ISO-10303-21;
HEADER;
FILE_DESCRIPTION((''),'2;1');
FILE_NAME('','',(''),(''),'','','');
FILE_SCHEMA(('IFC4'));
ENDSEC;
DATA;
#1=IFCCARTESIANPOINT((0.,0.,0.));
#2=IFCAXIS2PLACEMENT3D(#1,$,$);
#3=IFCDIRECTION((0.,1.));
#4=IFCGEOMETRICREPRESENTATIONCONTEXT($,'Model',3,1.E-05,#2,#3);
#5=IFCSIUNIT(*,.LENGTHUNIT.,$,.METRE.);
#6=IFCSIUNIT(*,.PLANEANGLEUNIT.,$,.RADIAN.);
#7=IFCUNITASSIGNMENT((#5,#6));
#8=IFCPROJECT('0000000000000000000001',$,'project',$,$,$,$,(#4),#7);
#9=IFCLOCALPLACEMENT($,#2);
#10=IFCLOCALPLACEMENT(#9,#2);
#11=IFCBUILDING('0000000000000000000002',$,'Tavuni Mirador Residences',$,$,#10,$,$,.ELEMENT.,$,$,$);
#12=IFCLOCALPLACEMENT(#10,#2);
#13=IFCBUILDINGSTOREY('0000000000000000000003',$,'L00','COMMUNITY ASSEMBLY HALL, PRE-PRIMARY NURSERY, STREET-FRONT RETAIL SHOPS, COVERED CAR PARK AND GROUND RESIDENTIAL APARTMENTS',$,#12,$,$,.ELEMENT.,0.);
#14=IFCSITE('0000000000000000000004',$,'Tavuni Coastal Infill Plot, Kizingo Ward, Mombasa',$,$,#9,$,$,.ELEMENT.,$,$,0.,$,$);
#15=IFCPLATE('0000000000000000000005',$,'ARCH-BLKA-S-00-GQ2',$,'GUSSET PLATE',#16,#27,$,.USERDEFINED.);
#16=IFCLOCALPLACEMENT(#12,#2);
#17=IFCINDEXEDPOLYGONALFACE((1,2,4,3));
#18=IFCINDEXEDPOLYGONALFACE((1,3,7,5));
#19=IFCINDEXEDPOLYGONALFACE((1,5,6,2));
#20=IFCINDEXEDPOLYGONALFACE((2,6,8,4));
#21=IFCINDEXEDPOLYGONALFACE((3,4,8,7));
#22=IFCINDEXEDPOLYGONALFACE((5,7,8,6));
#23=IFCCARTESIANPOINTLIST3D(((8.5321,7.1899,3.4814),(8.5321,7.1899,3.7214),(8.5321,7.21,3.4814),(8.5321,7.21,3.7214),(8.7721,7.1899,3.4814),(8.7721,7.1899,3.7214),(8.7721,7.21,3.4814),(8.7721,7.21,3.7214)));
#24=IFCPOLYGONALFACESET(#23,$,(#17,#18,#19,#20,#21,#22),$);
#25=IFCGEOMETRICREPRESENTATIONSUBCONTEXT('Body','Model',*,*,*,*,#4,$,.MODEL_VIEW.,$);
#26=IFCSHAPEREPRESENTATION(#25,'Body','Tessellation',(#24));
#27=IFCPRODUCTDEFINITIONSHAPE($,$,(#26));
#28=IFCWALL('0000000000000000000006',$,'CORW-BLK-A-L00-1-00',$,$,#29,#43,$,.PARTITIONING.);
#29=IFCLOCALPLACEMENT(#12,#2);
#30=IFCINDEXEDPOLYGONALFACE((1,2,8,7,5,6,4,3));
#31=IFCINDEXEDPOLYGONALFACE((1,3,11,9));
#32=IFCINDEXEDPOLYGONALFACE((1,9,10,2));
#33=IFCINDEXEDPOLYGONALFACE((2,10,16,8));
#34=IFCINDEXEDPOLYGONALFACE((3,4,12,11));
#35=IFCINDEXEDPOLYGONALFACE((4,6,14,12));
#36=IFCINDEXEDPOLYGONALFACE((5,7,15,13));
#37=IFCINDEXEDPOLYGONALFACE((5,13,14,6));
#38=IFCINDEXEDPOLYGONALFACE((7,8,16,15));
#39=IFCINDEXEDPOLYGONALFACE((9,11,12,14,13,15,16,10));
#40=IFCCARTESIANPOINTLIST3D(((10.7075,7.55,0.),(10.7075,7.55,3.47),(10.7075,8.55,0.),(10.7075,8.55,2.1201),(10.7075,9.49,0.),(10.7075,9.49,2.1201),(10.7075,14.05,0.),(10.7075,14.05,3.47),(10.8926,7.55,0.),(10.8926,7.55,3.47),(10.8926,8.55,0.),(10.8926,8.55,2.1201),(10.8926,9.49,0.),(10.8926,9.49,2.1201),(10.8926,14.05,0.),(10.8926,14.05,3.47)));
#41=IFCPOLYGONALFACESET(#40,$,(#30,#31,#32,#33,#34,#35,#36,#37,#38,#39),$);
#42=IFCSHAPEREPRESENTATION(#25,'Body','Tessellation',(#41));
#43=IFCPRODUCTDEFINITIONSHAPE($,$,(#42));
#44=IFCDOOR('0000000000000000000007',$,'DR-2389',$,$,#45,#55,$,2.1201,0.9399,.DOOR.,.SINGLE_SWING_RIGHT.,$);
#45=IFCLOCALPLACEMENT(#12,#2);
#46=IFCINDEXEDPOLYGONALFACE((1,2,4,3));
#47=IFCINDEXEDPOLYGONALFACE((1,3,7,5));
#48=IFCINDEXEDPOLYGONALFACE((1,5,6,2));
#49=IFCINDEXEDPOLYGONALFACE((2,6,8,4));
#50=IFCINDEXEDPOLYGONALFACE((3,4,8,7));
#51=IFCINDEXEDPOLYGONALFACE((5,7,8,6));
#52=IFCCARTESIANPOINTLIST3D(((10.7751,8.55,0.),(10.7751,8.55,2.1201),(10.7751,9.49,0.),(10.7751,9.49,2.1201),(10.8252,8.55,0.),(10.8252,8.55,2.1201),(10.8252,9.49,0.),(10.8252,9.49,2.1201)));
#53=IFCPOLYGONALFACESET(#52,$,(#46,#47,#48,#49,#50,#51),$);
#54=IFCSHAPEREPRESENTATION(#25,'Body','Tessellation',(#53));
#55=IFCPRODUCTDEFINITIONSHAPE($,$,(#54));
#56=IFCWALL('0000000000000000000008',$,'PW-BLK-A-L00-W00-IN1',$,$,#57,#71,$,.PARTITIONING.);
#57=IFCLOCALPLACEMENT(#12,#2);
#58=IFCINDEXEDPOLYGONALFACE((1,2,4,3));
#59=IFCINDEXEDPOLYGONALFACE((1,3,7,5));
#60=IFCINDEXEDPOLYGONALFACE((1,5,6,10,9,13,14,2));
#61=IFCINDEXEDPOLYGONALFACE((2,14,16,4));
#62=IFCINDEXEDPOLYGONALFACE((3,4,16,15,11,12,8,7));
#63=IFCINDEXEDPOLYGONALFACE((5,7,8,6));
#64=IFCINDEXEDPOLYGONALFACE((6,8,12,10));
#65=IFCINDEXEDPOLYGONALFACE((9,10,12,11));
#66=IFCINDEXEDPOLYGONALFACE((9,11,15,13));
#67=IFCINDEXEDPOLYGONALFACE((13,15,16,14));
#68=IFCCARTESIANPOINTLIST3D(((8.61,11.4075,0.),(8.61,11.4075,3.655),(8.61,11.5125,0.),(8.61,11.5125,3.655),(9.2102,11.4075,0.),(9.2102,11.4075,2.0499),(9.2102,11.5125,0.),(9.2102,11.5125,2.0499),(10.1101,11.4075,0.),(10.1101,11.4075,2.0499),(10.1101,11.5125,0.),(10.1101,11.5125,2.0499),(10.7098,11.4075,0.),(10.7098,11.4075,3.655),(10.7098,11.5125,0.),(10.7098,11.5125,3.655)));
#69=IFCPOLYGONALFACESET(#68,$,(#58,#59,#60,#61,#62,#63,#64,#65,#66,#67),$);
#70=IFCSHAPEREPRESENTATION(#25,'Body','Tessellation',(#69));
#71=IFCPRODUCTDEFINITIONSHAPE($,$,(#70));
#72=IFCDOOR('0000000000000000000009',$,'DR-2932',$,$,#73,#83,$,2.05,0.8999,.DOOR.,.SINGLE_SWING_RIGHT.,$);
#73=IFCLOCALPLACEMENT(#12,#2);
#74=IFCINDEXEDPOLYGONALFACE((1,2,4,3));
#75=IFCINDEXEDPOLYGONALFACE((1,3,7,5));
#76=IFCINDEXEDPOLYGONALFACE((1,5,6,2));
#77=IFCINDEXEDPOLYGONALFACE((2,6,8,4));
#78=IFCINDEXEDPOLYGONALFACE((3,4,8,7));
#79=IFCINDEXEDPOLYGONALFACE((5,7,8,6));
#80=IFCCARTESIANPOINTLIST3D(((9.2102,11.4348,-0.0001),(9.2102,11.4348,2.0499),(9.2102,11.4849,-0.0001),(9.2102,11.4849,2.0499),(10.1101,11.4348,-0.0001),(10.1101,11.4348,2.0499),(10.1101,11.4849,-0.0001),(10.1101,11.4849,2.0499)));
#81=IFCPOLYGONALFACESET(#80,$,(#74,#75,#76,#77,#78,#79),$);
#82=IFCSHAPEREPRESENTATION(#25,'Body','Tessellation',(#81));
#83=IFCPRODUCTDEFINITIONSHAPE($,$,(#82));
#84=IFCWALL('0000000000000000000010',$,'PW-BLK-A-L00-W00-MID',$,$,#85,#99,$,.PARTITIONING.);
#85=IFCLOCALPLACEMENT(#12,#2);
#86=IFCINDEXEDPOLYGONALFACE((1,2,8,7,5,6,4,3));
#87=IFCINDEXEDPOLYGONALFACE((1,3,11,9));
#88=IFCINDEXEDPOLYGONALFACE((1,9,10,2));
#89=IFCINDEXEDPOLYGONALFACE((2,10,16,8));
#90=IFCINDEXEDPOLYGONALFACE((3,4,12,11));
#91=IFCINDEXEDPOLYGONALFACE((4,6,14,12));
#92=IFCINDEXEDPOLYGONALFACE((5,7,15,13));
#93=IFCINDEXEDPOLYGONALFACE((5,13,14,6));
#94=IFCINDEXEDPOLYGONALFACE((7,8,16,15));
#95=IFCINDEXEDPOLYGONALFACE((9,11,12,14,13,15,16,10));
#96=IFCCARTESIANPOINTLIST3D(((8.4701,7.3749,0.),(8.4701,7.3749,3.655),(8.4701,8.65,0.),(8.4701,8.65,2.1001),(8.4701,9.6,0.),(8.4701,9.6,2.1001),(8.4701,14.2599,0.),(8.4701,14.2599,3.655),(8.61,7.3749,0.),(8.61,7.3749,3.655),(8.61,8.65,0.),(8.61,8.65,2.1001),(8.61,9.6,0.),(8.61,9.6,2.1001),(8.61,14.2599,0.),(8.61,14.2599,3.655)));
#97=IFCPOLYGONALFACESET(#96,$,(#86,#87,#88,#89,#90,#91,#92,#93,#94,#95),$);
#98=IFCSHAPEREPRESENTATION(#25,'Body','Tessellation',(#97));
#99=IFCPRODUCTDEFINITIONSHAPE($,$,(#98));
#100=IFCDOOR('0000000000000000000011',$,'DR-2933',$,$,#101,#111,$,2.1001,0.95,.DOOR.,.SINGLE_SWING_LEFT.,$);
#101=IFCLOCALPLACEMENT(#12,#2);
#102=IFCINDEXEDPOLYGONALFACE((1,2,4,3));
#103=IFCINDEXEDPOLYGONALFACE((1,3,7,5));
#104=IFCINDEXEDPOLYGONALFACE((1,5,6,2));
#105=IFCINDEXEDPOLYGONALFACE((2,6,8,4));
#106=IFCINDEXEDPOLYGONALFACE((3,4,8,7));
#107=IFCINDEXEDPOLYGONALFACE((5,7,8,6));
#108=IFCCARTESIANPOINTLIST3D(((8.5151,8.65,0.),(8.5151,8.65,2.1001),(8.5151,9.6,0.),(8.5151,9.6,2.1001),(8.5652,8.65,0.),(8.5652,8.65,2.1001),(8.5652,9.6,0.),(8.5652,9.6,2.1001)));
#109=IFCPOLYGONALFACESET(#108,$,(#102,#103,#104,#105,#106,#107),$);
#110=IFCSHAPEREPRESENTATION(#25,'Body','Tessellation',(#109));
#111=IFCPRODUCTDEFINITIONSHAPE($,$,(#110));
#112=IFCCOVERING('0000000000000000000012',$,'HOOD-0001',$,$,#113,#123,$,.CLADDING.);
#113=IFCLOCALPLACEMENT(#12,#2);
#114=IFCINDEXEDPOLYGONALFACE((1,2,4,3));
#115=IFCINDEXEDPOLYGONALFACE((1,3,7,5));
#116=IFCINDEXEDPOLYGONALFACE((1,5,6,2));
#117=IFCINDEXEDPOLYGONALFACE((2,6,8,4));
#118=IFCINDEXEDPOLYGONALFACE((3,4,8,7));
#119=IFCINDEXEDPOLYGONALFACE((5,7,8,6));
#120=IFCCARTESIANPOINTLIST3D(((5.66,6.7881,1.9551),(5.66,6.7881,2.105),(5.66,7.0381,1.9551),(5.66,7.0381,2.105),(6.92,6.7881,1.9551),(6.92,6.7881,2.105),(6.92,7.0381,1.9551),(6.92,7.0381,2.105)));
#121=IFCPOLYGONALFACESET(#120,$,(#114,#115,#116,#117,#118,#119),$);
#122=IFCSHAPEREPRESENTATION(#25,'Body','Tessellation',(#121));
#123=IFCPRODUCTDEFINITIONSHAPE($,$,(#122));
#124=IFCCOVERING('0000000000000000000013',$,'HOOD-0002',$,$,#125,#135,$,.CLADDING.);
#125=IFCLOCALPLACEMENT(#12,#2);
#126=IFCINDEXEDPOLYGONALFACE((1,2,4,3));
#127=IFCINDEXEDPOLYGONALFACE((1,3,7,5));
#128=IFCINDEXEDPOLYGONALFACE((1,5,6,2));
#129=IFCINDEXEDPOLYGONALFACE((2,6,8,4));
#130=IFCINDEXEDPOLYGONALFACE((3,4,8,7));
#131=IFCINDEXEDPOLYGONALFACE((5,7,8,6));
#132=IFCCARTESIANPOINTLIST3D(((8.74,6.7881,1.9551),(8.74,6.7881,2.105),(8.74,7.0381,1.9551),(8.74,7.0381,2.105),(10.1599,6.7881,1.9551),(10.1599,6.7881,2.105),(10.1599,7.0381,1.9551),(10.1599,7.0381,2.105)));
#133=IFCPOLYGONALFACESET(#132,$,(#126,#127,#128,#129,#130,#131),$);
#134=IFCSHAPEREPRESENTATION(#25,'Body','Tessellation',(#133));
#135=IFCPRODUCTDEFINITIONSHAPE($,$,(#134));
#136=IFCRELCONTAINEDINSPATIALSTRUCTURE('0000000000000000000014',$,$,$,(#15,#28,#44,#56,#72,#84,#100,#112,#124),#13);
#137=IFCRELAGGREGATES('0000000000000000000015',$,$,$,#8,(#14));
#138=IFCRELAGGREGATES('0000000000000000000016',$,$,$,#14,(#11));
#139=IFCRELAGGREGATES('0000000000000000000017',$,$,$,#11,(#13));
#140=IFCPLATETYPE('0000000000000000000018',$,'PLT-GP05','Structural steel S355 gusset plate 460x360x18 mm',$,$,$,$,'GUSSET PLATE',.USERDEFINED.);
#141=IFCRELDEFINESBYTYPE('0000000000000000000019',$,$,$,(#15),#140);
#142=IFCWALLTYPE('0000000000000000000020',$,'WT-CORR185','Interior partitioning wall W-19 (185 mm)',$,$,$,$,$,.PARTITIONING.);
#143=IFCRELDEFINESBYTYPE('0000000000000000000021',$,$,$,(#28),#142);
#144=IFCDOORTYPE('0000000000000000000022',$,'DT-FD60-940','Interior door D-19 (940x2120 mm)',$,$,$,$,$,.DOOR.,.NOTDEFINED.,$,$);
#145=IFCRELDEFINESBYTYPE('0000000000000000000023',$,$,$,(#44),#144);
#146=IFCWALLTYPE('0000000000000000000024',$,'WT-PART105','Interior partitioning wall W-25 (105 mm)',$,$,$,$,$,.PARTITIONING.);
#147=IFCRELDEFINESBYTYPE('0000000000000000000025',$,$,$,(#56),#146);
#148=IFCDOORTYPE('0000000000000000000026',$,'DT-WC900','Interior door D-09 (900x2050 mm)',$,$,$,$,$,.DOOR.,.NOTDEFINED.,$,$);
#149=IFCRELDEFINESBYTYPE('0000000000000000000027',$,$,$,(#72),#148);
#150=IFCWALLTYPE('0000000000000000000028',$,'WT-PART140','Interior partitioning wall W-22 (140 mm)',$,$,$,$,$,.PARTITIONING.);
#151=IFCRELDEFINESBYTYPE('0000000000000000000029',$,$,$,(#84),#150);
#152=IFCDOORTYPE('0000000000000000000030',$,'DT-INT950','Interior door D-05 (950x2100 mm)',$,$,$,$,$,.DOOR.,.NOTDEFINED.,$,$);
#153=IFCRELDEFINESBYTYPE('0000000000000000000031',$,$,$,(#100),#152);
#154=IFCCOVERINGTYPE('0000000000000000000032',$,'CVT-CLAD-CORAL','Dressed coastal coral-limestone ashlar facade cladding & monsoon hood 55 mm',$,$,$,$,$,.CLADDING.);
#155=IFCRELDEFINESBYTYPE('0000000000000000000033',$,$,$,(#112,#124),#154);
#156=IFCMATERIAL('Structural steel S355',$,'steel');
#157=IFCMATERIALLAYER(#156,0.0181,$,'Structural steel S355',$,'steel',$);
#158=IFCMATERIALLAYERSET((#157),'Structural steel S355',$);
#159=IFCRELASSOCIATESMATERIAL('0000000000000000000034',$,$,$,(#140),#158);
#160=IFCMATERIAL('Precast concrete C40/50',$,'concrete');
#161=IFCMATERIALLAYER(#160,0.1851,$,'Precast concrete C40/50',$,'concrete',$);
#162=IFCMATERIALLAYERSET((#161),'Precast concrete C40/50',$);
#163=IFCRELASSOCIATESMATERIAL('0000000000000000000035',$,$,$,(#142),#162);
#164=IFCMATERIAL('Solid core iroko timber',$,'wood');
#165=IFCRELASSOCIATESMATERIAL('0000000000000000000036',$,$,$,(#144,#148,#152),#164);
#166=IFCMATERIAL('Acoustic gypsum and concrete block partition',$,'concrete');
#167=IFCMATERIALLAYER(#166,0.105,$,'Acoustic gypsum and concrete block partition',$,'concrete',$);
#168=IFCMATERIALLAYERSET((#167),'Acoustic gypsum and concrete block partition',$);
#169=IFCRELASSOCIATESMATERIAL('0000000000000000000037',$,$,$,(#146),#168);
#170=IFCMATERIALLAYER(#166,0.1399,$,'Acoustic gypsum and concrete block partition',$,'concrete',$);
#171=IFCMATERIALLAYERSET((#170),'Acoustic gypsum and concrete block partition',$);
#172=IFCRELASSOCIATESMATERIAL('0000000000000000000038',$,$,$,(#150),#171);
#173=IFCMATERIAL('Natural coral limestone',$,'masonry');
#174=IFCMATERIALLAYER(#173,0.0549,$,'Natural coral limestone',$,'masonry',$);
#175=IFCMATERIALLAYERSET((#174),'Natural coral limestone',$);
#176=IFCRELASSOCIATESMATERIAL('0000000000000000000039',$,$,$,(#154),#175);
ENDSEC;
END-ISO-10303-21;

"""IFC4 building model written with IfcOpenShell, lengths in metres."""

from ifc_helpers import new_model, si_unit, direction, frame, frame_2d, origin, origin_2d, place, context, subcontext, project, spatial, rectangle, extrude, material, layer, layer_set, type_object, element, fill, save


model = new_model("IFC4")

# Units and contexts
model_context = context("Model", 3, precision=1e-05, world=origin(), true_north=direction((0.0, 1.0)))
body_context = subcontext(model_context, "Body", "Model", "MODEL_VIEW")
ifc_project = project(units=[si_unit("LENGTHUNIT", "METRE"), si_unit("PLANEANGLEUNIT", "RADIAN")], contexts=[model_context])

# Site, building, storey
site_placement = place(None, origin())
site = spatial("IfcSite", under=ifc_project, at=site_placement, Name="Tavuni Coastal Infill Plot, Kizingo Ward, Mombasa", CompositionType="ELEMENT", RefElevation=0.0)
building_placement = place(site_placement, origin())
building = spatial("IfcBuilding", under=site, at=building_placement, Name="Tavuni Mirador Residences", CompositionType="ELEMENT")
storey_placement = place(building_placement, origin())
storey = spatial("IfcBuildingStorey", under=building, at=storey_placement, Name="L00", Description="COMMUNITY ASSEMBLY HALL, PRE-PRIMARY NURSERY, STREET-FRONT RETAIL SHOPS, COVERED CAR PARK AND GROUND RESIDENTIAL APARTMENTS", CompositionType="ELEMENT", Elevation=0.0)

# Shared definitions
ifc_material_1 = material(Name="Precast concrete C40/50", Category="concrete")

# Shared definitions
ifc_material_2 = material(Name="Structural steel S355", Category="steel")

# Plate
ifc_layer_1 = layer(ifc_material_2, 0.0181, Name="Structural steel S355", Category="steel")
ifc_layer_set_1 = layer_set([ifc_layer_1], Name="Structural steel S355")
plate_type = type_object("IfcPlateType", Name="PLT-GP05", Description="Structural steel S355 gusset plate 460x360x18 mm", ElementType="GUSSET PLATE", PredefinedType="USERDEFINED", material=ifc_layer_set_1)
for number, where, z_axis, x_axis, name in (
    (1, (8.6521, 7.2, 3.4814), (0.0, 0.0, 1.0), (1.0, 0.0, 0.0), "ARCH-BLKA-S-00-GQ2"),
):
    element("IfcPlate", number, at=place(storey_placement, frame(where, z_axis=z_axis, x_axis=x_axis)), inside=storey, type_object=plate_type, Name=name, ObjectType="GUSSET PLATE", PredefinedType="USERDEFINED", context=body_context, shape_type="SweptSolid", body=[
        extrude(rectangle(XDim=0.24, YDim=0.02, at=origin_2d()), origin(), (0.0, 0.0, 1.0), 0.24),
    ])

# Walls, openings, doors
ifc_layer_2 = layer(ifc_material_1, 0.1851, Name="Precast concrete C40/50", Category="concrete")
ifc_layer_set_2 = layer_set([ifc_layer_2], Name="Precast concrete C40/50")
wall_type_1 = type_object("IfcWallType", Name="WT-CORR185", Description="Interior partitioning wall W-19 (185 mm)", PredefinedType="PARTITIONING", material=ifc_layer_set_2)
wall_1_placement = place(storey_placement, frame((10.8, 7.55, 0.0), z_axis=(0.0, 0.0, 1.0), x_axis=(0.0, 1.0, 0.0)))
wall_1 = element("IfcWall", 2, at=wall_1_placement, inside=storey, type_object=wall_type_1, Name="CORW-BLK-A-L00-1-00", PredefinedType="PARTITIONING", context=body_context, shape_type="SweptSolid", body=[
    extrude(rectangle(XDim=6.5, YDim=0.1851, at=frame_2d((3.25, 0.0))), origin(), (0.0, 0.0, 1.0), 3.47),
])
opening_1_placement = place(wall_1_placement, frame((1.0, 0.0, 0.0)))
opening_1 = element("IfcOpeningElement", 3, at=opening_1_placement, cuts=wall_1, PredefinedType="OPENING", context=body_context, shape_type="SweptSolid", body=[
    extrude(rectangle(XDim=0.9399, YDim=2.1201, at=frame_2d((0.47, 1.0601))), frame((0.0, 0.1025, 0.0), z_axis=(0.0, -1.0, 0.0), x_axis=(1.0, 0.0, 0.0)), (0.0, 0.0, 1.0), 0.2051),
])
ifc_material_3 = material(Name="Solid core iroko timber", Category="wood")
door_type_1 = type_object("IfcDoorType", Name="DT-FD60-940", Description="Interior door D-19 (940x2120 mm)", OperationType="NOTDEFINED", PredefinedType="DOOR", material=ifc_material_3)
door_1_placement = place(opening_1_placement, origin())
door_1 = element("IfcDoor", 4, at=door_1_placement, inside=storey, type_object=door_type_1, Name="DR-2389", OperationType="SINGLE_SWING_RIGHT", OverallHeight=2.1201, OverallWidth=0.9399, PredefinedType="DOOR", context=body_context, shape_type="SweptSolid", body=[
    extrude(rectangle(XDim=0.9399, YDim=2.1201, at=frame_2d((0.47, 1.0601))), frame((0.0, 0.0249, 0.0), z_axis=(0.0, -1.0, 0.0), x_axis=(1.0, 0.0, 0.0)), (0.0, 0.0, 1.0), 0.05),
])
fill(opening_1, door_1)
ifc_material_4 = material(Name="Acoustic gypsum and concrete block partition", Category="concrete")
ifc_layer_3 = layer(ifc_material_4, 0.105, Name="Acoustic gypsum and concrete block partition", Category="concrete")
ifc_layer_set_3 = layer_set([ifc_layer_3], Name="Acoustic gypsum and concrete block partition")
wall_type_2 = type_object("IfcWallType", Name="WT-PART105", Description="Interior partitioning wall W-25 (105 mm)", PredefinedType="PARTITIONING", material=ifc_layer_set_3)
wall_2_placement = place(storey_placement, frame((8.6101, 11.46, 0.0), z_axis=(0.0, 0.0, 1.0), x_axis=(1.0, 0.0, 0.0)))
wall_2 = element("IfcWall", 5, at=wall_2_placement, inside=storey, type_object=wall_type_2, Name="PW-BLK-A-L00-W00-IN1", PredefinedType="PARTITIONING", context=body_context, shape_type="SweptSolid", body=[
    extrude(rectangle(XDim=2.0999, YDim=0.105, at=frame_2d((1.0498, 0.0))), origin(), (0.0, 0.0, 1.0), 3.655),
])
opening_2_placement = place(wall_2_placement, frame((0.6001, 0.0, 0.0)))
opening_2 = element("IfcOpeningElement", 6, at=opening_2_placement, cuts=wall_2, PredefinedType="OPENING", context=body_context, shape_type="SweptSolid", body=[
    extrude(rectangle(XDim=0.8999, YDim=2.05, at=frame_2d((0.45, 1.0249))), frame((0.0, 0.0625, 0.0), z_axis=(0.0, -1.0, 0.0), x_axis=(1.0, 0.0, 0.0)), (0.0, 0.0, 1.0), 0.125),
])
door_type_2 = type_object("IfcDoorType", Name="DT-WC900", Description="Interior door D-09 (900x2050 mm)", OperationType="NOTDEFINED", PredefinedType="DOOR", material=ifc_material_3)
door_2_placement = place(opening_2_placement, origin())
door_2 = element("IfcDoor", 7, at=door_2_placement, inside=storey, type_object=door_type_2, Name="DR-2932", OperationType="SINGLE_SWING_RIGHT", OverallHeight=2.05, OverallWidth=0.8999, PredefinedType="DOOR", context=body_context, shape_type="SweptSolid", body=[
    extrude(rectangle(XDim=0.8999, YDim=2.05, at=frame_2d((0.45, 1.0249))), frame((0.0, 0.0249, 0.0), z_axis=(0.0, -1.0, 0.0), x_axis=(1.0, 0.0, 0.0)), (0.0, 0.0, 1.0), 0.05),
])
fill(opening_2, door_2)
ifc_layer_4 = layer(ifc_material_4, 0.1399, Name="Acoustic gypsum and concrete block partition", Category="concrete")
ifc_layer_set_4 = layer_set([ifc_layer_4], Name="Acoustic gypsum and concrete block partition")
wall_type_3 = type_object("IfcWallType", Name="WT-PART140", Description="Interior partitioning wall W-22 (140 mm)", PredefinedType="PARTITIONING", material=ifc_layer_set_4)
wall_3_placement = place(storey_placement, frame((8.54, 7.375, 0.0), z_axis=(0.0, 0.0, 1.0), x_axis=(0.0, 1.0, 0.0)))
wall_3 = element("IfcWall", 8, at=wall_3_placement, inside=storey, type_object=wall_type_3, Name="PW-BLK-A-L00-W00-MID", PredefinedType="PARTITIONING", context=body_context, shape_type="SweptSolid", body=[
    extrude(rectangle(XDim=6.885, YDim=0.1399, at=frame_2d((3.4424, 0.0))), origin(), (0.0, 0.0, 1.0), 3.655),
])
opening_3_placement = place(wall_3_placement, frame((1.2749, 0.0, 0.0)))
opening_3 = element("IfcOpeningElement", 9, at=opening_3_placement, cuts=wall_3, PredefinedType="OPENING", context=body_context, shape_type="SweptSolid", body=[
    extrude(rectangle(XDim=0.95, YDim=2.1001, at=frame_2d((0.4751, 1.05))), frame((0.0, 0.0801, 0.0), z_axis=(0.0, -1.0, 0.0), x_axis=(1.0, 0.0, 0.0)), (0.0, 0.0, 1.0), 0.1599),
])
door_type_3 = type_object("IfcDoorType", Name="DT-INT950", Description="Interior door D-05 (950x2100 mm)", OperationType="NOTDEFINED", PredefinedType="DOOR", material=ifc_material_3)
door_3_placement = place(opening_3_placement, origin())
door_3 = element("IfcDoor", 10, at=door_3_placement, inside=storey, type_object=door_type_3, Name="DR-2933", OperationType="SINGLE_SWING_LEFT", OverallHeight=2.1001, OverallWidth=0.95, PredefinedType="DOOR", context=body_context, shape_type="SweptSolid", body=[
    extrude(rectangle(XDim=0.95, YDim=2.1001, at=frame_2d((0.4751, 1.05))), frame((0.0, 0.0249, 0.0), z_axis=(0.0, -1.0, 0.0), x_axis=(1.0, 0.0, 0.0)), (0.0, 0.0, 1.0), 0.05),
])
fill(opening_3, door_3)

# Coverings
ifc_material_5 = material(Name="Natural coral limestone", Category="masonry")
ifc_layer_5 = layer(ifc_material_5, 0.0549, Name="Natural coral limestone", Category="masonry")
ifc_layer_set_5 = layer_set([ifc_layer_5], Name="Natural coral limestone")
covering_type = type_object("IfcCoveringType", Name="CVT-CLAD-CORAL", Description="Dressed coastal coral-limestone ashlar facade cladding & monsoon hood 55 mm", PredefinedType="CLADDING", material=ifc_layer_set_5)
covering_1_placement = place(storey_placement, frame((6.29, 6.9131, 1.9551), z_axis=(0.0, 0.0, 1.0), x_axis=(1.0, 0.0, 0.0)))
element("IfcCovering", 11, at=covering_1_placement, inside=storey, type_object=covering_type, Name="HOOD-0001", PredefinedType="CLADDING", context=body_context, shape_type="SweptSolid", body=[
    extrude(rectangle(XDim=1.26, YDim=0.25, at=origin_2d()), origin(), (0.0, 0.0, 1.0), 0.1499),
])
covering_2_placement = place(storey_placement, frame((9.45, 6.9131, 1.9551), z_axis=(0.0, 0.0, 1.0), x_axis=(1.0, 0.0, 0.0)))
element("IfcCovering", 12, at=covering_2_placement, inside=storey, type_object=covering_type, Name="HOOD-0002", PredefinedType="CLADDING", context=body_context, shape_type="SweptSolid", body=[
    extrude(rectangle(XDim=1.4199, YDim=0.25, at=origin_2d()), origin(), (0.0, 0.0, 1.0), 0.1499),
])

save(model, "model.ifc")
